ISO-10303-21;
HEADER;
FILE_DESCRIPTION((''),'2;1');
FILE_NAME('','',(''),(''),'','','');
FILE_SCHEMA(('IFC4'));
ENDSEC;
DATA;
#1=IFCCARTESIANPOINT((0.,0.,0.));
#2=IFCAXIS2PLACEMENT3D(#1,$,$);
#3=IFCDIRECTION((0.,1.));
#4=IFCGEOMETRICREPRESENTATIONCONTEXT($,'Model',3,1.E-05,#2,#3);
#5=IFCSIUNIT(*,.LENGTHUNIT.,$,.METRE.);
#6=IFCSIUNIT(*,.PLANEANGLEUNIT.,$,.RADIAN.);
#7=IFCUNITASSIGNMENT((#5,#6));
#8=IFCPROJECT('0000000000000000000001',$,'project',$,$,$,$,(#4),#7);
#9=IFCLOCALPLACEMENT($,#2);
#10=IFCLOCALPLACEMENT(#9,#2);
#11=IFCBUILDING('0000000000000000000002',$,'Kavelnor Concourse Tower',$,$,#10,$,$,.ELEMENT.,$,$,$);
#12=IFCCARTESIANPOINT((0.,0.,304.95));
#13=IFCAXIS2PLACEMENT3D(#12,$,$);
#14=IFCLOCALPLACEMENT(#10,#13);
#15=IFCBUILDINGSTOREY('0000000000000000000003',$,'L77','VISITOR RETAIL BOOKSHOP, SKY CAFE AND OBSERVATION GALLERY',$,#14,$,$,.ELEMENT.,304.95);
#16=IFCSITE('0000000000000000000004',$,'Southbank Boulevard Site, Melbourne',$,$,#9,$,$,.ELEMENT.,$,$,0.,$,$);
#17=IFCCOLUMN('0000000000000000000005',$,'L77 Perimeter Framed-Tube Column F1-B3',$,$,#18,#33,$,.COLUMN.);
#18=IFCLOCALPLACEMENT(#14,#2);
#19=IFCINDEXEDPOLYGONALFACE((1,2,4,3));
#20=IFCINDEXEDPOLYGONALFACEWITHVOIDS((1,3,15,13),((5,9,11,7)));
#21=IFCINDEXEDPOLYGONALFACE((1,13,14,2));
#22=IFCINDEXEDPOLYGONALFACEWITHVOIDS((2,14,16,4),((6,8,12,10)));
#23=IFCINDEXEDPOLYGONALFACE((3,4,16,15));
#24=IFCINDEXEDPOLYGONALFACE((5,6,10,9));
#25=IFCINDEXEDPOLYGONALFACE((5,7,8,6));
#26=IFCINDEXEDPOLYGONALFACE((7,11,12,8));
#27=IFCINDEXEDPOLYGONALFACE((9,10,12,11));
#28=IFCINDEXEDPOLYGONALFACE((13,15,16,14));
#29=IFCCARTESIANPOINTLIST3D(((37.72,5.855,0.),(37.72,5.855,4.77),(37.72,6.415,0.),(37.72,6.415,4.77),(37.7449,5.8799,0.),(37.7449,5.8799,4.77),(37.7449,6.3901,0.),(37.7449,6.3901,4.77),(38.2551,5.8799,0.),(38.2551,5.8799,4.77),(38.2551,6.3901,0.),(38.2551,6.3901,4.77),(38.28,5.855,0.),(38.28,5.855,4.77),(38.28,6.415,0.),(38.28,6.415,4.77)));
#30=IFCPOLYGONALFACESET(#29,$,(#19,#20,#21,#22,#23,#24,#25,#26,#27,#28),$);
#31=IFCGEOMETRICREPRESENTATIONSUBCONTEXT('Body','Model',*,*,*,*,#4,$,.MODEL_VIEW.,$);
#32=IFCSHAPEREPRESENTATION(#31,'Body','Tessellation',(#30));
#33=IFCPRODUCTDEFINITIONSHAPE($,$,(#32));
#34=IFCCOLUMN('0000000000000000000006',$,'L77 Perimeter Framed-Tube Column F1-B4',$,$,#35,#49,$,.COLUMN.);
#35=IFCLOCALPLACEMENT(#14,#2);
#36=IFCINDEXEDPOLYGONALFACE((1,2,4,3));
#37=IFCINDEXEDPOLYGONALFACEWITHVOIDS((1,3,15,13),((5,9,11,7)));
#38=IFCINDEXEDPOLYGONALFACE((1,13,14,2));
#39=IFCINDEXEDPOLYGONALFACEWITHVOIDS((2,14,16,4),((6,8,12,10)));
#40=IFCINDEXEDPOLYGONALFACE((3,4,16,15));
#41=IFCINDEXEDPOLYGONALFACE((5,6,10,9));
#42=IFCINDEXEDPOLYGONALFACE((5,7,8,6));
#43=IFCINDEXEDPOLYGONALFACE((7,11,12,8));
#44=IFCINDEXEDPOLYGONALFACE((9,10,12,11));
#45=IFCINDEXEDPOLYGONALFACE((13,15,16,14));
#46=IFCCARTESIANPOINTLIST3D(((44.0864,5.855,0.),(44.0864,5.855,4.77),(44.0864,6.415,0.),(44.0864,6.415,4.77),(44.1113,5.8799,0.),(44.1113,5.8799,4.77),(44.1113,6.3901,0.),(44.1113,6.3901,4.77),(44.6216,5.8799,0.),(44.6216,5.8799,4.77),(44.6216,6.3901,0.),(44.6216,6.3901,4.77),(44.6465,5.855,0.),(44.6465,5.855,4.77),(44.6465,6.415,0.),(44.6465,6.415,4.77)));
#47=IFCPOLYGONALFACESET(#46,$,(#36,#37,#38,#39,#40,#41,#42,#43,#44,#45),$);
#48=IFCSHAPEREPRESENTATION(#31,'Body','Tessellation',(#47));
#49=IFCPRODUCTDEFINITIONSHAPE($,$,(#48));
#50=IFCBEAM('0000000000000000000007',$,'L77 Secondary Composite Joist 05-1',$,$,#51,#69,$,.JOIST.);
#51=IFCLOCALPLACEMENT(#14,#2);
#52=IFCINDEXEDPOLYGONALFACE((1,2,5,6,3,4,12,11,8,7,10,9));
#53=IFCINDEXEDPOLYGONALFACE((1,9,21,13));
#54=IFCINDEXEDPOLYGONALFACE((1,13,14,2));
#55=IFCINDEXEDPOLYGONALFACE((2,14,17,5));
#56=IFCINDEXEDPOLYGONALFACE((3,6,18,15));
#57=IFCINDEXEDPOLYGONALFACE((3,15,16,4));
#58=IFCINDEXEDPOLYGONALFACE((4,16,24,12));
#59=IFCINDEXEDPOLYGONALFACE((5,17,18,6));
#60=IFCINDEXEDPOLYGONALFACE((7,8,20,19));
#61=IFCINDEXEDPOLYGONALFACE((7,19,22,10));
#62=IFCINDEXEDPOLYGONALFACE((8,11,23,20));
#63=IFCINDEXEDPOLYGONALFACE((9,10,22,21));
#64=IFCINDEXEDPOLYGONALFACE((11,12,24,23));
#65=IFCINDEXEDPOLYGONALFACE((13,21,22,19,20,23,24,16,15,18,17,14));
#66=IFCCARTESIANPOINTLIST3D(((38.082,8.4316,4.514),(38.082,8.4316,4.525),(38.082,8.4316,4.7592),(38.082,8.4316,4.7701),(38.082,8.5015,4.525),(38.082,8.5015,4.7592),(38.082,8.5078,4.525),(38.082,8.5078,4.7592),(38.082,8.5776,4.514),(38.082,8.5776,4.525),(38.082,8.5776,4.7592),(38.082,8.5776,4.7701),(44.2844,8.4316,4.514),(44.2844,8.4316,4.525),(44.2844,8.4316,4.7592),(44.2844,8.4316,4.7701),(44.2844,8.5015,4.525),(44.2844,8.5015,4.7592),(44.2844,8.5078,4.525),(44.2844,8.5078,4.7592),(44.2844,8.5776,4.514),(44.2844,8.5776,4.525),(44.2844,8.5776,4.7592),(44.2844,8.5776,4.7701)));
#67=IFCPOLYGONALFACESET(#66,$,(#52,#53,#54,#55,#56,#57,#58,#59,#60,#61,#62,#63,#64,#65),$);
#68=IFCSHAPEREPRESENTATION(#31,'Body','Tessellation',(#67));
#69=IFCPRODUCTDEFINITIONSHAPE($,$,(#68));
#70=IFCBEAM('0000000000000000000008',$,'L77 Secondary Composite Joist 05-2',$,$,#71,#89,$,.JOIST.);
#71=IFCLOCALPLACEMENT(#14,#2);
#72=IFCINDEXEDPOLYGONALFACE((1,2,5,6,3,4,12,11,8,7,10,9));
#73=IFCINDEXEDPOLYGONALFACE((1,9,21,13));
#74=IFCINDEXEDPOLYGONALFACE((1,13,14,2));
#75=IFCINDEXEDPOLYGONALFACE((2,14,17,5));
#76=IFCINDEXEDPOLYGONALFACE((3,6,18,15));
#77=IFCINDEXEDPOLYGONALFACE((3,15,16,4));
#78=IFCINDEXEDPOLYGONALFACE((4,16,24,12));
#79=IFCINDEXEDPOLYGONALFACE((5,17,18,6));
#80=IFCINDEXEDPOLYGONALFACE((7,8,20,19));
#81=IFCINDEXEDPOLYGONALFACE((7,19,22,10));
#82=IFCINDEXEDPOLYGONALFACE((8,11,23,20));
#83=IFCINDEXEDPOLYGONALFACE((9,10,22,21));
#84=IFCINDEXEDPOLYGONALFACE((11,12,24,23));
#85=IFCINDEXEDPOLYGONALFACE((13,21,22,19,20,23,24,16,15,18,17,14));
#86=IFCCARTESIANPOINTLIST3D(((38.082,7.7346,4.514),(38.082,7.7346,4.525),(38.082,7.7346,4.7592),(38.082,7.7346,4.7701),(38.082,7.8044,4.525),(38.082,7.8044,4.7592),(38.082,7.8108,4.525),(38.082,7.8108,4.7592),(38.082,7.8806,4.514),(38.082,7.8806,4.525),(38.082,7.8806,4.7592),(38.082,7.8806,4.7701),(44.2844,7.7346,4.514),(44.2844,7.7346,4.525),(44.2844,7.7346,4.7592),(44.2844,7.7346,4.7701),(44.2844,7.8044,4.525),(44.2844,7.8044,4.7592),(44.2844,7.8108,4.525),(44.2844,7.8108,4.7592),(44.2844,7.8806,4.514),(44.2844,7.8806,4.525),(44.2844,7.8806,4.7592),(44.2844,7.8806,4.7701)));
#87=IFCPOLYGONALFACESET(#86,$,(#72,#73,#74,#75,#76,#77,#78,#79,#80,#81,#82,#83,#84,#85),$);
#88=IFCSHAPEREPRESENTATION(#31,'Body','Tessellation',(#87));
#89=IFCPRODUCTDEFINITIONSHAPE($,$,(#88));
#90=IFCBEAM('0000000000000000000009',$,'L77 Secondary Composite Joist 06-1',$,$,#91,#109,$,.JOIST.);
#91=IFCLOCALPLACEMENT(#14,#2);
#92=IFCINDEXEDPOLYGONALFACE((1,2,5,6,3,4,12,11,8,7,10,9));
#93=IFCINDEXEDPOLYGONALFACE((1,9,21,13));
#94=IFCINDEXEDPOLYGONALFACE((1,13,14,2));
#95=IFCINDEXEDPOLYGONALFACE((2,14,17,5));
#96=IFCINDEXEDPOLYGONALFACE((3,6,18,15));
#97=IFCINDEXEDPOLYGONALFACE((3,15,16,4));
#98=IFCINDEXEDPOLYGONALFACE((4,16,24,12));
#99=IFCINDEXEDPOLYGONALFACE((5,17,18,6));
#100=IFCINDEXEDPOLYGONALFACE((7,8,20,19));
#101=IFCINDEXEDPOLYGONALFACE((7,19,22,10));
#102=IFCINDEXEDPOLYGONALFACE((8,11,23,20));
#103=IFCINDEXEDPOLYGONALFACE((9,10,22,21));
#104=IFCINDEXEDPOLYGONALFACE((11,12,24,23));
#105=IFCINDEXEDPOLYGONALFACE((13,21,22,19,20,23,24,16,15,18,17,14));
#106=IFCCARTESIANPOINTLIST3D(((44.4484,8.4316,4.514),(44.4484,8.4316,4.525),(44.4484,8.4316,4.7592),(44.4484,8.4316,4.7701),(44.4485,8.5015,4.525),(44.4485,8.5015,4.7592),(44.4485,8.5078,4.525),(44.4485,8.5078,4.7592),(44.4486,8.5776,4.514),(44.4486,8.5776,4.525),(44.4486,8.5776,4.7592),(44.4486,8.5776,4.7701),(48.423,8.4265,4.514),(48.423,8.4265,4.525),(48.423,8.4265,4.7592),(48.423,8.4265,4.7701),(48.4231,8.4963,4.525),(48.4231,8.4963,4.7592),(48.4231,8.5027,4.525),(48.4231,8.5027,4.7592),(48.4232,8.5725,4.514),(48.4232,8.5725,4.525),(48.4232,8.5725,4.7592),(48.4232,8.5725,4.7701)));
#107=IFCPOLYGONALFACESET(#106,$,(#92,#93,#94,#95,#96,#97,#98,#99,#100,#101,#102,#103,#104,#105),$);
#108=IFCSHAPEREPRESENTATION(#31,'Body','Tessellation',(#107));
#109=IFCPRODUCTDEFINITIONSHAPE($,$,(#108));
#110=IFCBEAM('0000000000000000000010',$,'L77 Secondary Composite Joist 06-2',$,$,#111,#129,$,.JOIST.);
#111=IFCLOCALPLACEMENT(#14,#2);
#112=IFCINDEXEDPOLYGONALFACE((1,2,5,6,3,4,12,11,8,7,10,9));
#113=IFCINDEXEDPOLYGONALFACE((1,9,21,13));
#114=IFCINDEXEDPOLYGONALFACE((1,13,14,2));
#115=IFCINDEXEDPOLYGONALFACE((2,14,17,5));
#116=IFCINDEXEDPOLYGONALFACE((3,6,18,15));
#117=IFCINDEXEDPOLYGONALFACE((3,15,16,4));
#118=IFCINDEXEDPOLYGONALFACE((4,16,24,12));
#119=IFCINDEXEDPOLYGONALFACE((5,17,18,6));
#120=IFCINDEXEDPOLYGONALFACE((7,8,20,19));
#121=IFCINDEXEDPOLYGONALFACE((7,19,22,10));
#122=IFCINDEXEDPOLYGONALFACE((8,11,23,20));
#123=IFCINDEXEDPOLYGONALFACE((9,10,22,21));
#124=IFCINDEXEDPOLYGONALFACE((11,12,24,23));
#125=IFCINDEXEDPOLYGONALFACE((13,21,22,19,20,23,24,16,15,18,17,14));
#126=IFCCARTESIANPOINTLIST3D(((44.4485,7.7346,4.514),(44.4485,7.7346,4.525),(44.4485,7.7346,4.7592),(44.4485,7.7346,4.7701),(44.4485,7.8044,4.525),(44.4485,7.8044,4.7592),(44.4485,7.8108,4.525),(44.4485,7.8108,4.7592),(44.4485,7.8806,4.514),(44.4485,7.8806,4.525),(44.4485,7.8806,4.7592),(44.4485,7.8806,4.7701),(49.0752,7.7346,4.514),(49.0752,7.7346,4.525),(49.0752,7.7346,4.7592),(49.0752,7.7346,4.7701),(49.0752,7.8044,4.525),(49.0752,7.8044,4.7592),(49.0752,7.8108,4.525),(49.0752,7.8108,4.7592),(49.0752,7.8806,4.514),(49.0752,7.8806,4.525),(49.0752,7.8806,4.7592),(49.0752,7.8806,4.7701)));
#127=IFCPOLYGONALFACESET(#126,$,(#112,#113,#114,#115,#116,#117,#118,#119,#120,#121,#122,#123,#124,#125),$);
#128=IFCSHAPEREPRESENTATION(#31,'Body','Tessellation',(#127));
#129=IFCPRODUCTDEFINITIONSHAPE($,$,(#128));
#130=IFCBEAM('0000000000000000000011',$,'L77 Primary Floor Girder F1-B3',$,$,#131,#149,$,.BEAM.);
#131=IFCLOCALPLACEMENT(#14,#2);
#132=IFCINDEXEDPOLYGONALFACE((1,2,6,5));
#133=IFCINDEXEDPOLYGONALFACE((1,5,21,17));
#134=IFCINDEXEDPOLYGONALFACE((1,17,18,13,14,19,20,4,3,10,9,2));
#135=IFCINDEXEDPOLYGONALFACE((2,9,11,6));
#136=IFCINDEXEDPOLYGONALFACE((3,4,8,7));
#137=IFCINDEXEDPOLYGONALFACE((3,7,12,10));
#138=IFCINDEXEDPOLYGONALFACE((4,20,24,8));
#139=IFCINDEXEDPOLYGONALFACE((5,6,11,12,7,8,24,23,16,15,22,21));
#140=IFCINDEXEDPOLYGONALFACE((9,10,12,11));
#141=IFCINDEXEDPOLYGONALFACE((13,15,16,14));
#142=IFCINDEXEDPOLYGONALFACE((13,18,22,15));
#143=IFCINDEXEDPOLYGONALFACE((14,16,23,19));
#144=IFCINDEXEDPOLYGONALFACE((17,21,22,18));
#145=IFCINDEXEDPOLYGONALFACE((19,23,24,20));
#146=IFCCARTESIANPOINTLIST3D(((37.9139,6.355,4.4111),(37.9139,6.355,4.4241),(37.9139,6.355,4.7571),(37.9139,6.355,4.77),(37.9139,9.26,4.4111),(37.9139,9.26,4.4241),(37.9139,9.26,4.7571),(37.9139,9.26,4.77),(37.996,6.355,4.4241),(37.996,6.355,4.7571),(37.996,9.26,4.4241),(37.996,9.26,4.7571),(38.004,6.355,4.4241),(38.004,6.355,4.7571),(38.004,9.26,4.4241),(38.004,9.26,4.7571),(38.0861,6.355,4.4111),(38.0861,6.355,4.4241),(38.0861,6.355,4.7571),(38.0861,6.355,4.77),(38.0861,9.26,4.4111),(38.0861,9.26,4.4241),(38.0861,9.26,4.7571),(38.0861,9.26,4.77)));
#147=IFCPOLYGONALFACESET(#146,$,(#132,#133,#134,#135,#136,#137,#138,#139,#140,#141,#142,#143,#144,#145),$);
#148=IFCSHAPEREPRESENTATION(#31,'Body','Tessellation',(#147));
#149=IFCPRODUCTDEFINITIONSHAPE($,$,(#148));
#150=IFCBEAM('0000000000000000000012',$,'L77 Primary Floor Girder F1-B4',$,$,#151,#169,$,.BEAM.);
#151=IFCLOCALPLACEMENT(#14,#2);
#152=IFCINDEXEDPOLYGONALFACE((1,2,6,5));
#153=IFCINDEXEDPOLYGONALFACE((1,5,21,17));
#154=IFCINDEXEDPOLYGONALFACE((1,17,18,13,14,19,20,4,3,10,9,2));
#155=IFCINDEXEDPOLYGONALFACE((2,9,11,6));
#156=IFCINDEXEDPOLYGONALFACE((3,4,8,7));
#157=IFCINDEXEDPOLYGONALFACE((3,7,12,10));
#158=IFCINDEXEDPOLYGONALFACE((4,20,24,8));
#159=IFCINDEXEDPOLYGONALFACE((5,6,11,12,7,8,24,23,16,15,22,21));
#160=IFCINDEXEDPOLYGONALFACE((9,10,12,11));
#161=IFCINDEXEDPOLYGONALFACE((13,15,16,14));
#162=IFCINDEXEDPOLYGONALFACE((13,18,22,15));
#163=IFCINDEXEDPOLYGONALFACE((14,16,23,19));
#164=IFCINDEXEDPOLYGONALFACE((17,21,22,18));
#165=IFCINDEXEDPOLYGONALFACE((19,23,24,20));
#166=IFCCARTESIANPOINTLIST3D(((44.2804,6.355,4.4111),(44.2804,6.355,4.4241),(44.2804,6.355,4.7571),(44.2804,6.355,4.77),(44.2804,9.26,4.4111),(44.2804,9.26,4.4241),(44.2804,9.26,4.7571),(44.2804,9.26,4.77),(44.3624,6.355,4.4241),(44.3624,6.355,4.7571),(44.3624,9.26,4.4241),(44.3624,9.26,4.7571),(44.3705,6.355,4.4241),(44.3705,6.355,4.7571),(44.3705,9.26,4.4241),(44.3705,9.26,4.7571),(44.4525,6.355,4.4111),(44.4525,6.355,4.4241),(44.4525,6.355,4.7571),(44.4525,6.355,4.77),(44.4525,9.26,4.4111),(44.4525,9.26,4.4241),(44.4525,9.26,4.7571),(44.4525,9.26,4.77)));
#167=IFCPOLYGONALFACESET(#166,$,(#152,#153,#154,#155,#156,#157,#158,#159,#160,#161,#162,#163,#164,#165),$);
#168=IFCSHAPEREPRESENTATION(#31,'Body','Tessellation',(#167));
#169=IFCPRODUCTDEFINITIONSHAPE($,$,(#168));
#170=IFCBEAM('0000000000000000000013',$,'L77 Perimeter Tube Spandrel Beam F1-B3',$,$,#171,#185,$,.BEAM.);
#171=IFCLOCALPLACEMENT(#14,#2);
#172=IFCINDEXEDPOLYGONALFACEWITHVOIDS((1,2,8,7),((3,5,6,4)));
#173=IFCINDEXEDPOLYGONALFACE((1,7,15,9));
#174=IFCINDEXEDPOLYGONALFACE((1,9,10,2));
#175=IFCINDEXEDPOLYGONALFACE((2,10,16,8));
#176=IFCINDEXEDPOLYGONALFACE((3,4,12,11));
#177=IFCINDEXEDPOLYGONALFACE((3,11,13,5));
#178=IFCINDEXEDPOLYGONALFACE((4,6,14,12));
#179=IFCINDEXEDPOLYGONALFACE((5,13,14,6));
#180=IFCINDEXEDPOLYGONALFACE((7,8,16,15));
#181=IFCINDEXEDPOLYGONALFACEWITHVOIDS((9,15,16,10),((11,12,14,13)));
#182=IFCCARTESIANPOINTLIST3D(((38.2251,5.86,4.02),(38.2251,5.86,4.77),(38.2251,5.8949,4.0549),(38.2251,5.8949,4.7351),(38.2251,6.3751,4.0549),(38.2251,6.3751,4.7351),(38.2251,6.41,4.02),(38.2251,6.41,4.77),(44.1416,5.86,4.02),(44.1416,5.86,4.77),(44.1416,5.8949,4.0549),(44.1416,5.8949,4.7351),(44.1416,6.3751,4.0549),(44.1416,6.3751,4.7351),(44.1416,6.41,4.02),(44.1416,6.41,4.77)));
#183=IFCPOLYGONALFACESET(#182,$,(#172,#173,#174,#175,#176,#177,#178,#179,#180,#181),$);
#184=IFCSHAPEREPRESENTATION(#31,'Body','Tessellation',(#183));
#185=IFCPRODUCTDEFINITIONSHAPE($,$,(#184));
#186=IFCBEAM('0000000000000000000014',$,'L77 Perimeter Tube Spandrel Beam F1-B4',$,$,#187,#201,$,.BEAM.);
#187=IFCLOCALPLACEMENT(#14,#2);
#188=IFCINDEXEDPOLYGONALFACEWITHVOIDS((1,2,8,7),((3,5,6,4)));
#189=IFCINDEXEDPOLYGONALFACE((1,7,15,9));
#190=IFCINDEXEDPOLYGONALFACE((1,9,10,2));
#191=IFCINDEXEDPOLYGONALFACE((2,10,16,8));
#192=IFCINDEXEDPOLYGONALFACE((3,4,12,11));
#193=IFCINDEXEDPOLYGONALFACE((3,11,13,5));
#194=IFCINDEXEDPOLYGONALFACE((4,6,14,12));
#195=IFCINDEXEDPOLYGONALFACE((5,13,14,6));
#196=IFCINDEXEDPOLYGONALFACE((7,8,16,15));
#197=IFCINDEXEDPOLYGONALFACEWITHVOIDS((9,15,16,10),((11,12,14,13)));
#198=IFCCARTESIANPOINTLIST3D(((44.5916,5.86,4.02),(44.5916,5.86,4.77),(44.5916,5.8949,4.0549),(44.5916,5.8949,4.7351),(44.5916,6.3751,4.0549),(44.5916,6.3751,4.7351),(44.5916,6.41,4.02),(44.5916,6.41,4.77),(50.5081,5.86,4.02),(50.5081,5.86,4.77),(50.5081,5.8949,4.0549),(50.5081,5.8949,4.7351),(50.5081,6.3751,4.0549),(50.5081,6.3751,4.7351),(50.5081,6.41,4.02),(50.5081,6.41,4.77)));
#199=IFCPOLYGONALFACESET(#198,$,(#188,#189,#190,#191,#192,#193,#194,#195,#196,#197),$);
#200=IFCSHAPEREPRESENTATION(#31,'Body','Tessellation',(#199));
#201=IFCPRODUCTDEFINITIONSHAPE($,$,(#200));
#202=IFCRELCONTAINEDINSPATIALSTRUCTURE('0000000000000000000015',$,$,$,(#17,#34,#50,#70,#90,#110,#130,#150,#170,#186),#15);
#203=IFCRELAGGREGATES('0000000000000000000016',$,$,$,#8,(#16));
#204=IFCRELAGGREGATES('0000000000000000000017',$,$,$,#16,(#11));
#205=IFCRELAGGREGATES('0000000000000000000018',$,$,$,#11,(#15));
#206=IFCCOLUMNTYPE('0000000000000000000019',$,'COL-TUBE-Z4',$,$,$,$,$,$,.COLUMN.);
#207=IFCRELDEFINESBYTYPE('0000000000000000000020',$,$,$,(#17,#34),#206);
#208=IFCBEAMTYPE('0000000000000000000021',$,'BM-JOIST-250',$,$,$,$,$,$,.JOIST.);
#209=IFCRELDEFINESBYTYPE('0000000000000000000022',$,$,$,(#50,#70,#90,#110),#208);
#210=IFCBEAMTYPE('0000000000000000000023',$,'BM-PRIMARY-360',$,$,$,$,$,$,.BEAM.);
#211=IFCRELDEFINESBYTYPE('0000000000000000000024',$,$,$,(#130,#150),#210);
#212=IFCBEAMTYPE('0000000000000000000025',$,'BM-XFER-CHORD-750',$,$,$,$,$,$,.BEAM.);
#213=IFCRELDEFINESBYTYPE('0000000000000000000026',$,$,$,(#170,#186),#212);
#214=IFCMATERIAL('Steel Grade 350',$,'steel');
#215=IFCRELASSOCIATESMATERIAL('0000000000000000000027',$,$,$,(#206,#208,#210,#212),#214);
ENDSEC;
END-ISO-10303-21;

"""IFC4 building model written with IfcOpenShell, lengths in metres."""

from ifc_helpers import new_model, si_unit, direction, frame, origin, origin_2d, place, context, subcontext, project, spatial, hollow_rectangle, i_section, extrude, material, material_profile, profile_set, type_object, element, save


model = new_model("IFC4")

# Units and contexts
model_context = context("Model", 3, precision=1e-05, world=origin(), true_north=direction((0.0, 1.0)))
body_context = subcontext(model_context, "Body", "Model", "MODEL_VIEW")
ifc_project = project(units=[si_unit("LENGTHUNIT", "METRE"), si_unit("PLANEANGLEUNIT", "RADIAN")], contexts=[model_context])

# Site, building, storey
site_placement = place(None, origin())
site = spatial("IfcSite", under=ifc_project, at=site_placement, Name="Southbank Boulevard Site, Melbourne", CompositionType="ELEMENT", RefElevation=0.0)
building_placement = place(site_placement, origin())
building = spatial("IfcBuilding", under=site, at=building_placement, Name="Kavelnor Concourse Tower", CompositionType="ELEMENT")
storey_placement = place(building_placement, frame((0.0, 0.0, 304.95)))
storey = spatial("IfcBuildingStorey", under=building, at=storey_placement, Name="L77", Description="VISITOR RETAIL BOOKSHOP, SKY CAFE AND OBSERVATION GALLERY", CompositionType="ELEMENT", Elevation=304.95)

# Columns
ifc_material_1 = material(Name="Steel Grade 350", Category="steel")
ifc_material_profile_1 = material_profile(ifc_material_1, hollow_rectangle(XDim=0.5601, YDim=0.5601, WallThickness=0.0249, at=origin_2d()), Name="SHS 560x560x25")
ifc_profile_set_1 = profile_set([ifc_material_profile_1], Name="Steel Grade 350")
column_type = type_object("IfcColumnType", Name="COL-TUBE-Z4", PredefinedType="COLUMN", material=ifc_profile_set_1)
for number, where, z_axis, x_axis, name in (
    (1, (38.0, 6.135, 0.0), (0.0, 0.0, 1.0), (1.0, 0.0, 0.0), "L77 Perimeter Framed-Tube Column F1-B3"),
    (2, (44.3665, 6.135, 0.0), (0.0, 0.0, 1.0), (1.0, 0.0, 0.0), "L77 Perimeter Framed-Tube Column F1-B4"),
):
    element("IfcColumn", number, at=place(storey_placement, frame(where, z_axis=z_axis, x_axis=x_axis)), inside=storey, type_object=column_type, Name=name, PredefinedType="COLUMN", context=body_context, shape_type="SweptSolid", body=[
        extrude(hollow_rectangle(XDim=0.5601, YDim=0.5601, WallThickness=0.0249, at=origin_2d()), origin(), (0.0, 0.0, 1.0), 4.77),
    ])

# Beams
ifc_material_profile_2 = material_profile(ifc_material_1, i_section(OverallWidth=0.146, OverallDepth=0.2561, WebThickness=0.0063, FlangeThickness=0.011, at=origin_2d()), Name="250UB37")
ifc_profile_set_2 = profile_set([ifc_material_profile_2], Name="Steel Grade 350")
beam_type_1 = type_object("IfcBeamType", Name="BM-JOIST-250", PredefinedType="JOIST", material=ifc_profile_set_2)
for number, where, z_axis, x_axis, name in (
    (3, (38.082, 8.5046, 4.6421), (1.0, 0.0, 0.0), (0.0, 1.0, 0.0), "L77 Secondary Composite Joist 05-1"),
    (4, (38.082, 7.8076, 4.6421), (1.0, 0.0, 0.0), (0.0, 1.0, 0.0), "L77 Secondary Composite Joist 05-2"),
):
    element("IfcBeam", number, at=place(storey_placement, frame(where, z_axis=z_axis, x_axis=x_axis)), inside=storey, type_object=beam_type_1, Name=name, PredefinedType="JOIST", context=body_context, shape_type="SweptSolid", body=[
        extrude(i_section(OverallWidth=0.146, OverallDepth=0.2561, WebThickness=0.0063, FlangeThickness=0.011, at=origin_2d()), origin(), (0.0, 0.0, 1.0), 6.2024),
    ])
beam_1_placement = place(storey_placement, frame((44.4485, 8.5046, 4.6421), z_axis=(0.999999, -0.00129, 0.0), x_axis=(0.00129, 0.999999, 0.0)))
element("IfcBeam", 5, at=beam_1_placement, inside=storey, type_object=beam_type_1, Name="L77 Secondary Composite Joist 06-1", PredefinedType="JOIST", context=body_context, shape_type="SweptSolid", body=[
    extrude(i_section(OverallWidth=0.146, OverallDepth=0.2561, WebThickness=0.0063, FlangeThickness=0.011, at=origin_2d()), origin(), (0.0, 0.0, 1.0), 3.9746),
])
beam_2_placement = place(storey_placement, frame((44.4485, 7.8076, 4.6421), z_axis=(1.0, 0.0, 0.0), x_axis=(0.0, 1.0, 0.0)))
element("IfcBeam", 6, at=beam_2_placement, inside=storey, type_object=beam_type_1, Name="L77 Secondary Composite Joist 06-2", PredefinedType="JOIST", context=body_context, shape_type="SweptSolid", body=[
    extrude(i_section(OverallWidth=0.146, OverallDepth=0.2561, WebThickness=0.0063, FlangeThickness=0.011, at=origin_2d()), origin(), (0.0, 0.0, 1.0), 4.6267),
])
ifc_material_profile_3 = material_profile(ifc_material_1, i_section(OverallWidth=0.1721, OverallDepth=0.3589, WebThickness=0.0081, FlangeThickness=0.0129, at=origin_2d()), Name="360UB56")
ifc_profile_set_3 = profile_set([ifc_material_profile_3], Name="Steel Grade 350")
beam_type_2 = type_object("IfcBeamType", Name="BM-PRIMARY-360", PredefinedType="BEAM", material=ifc_profile_set_3)
for number, where, z_axis, x_axis, name in (
    (7, (38.0, 9.26, 4.5906), (0.0, -1.0, 0.0), (1.0, 0.0, 0.0), "L77 Primary Floor Girder F1-B3"),
    (8, (44.3665, 9.26, 4.5906), (0.0, -1.0, 0.0), (1.0, 0.0, 0.0), "L77 Primary Floor Girder F1-B4"),
):
    element("IfcBeam", number, at=place(storey_placement, frame(where, z_axis=z_axis, x_axis=x_axis)), inside=storey, type_object=beam_type_2, Name=name, PredefinedType="BEAM", context=body_context, shape_type="SweptSolid", body=[
        extrude(i_section(OverallWidth=0.1721, OverallDepth=0.3589, WebThickness=0.0081, FlangeThickness=0.0129, at=origin_2d()), origin(), (0.0, 0.0, 1.0), 2.905),
    ])
ifc_material_profile_4 = material_profile(ifc_material_1, hollow_rectangle(XDim=0.55, YDim=0.75, WallThickness=0.0349, at=origin_2d()), Name="RHS 750x550x35")
ifc_profile_set_4 = profile_set([ifc_material_profile_4], Name="Steel Grade 350")
beam_type_3 = type_object("IfcBeamType", Name="BM-XFER-CHORD-750", PredefinedType="BEAM", material=ifc_profile_set_4)
for number, where, z_axis, x_axis, name in (
    (9, (38.2251, 6.135, 4.395), (1.0, 0.0, 0.0), (0.0, 1.0, 0.0), "L77 Perimeter Tube Spandrel Beam F1-B3"),
    (10, (44.5916, 6.135, 4.395), (1.0, 0.0, 0.0), (0.0, 1.0, 0.0), "L77 Perimeter Tube Spandrel Beam F1-B4"),
):
    element("IfcBeam", number, at=place(storey_placement, frame(where, z_axis=z_axis, x_axis=x_axis)), inside=storey, type_object=beam_type_3, Name=name, PredefinedType="BEAM", context=body_context, shape_type="SweptSolid", body=[
        extrude(hollow_rectangle(XDim=0.55, YDim=0.75, WallThickness=0.0349, at=origin_2d()), origin(), (0.0, 0.0, 1.0), 5.9165),
    ])

save(model, "model.ifc")
